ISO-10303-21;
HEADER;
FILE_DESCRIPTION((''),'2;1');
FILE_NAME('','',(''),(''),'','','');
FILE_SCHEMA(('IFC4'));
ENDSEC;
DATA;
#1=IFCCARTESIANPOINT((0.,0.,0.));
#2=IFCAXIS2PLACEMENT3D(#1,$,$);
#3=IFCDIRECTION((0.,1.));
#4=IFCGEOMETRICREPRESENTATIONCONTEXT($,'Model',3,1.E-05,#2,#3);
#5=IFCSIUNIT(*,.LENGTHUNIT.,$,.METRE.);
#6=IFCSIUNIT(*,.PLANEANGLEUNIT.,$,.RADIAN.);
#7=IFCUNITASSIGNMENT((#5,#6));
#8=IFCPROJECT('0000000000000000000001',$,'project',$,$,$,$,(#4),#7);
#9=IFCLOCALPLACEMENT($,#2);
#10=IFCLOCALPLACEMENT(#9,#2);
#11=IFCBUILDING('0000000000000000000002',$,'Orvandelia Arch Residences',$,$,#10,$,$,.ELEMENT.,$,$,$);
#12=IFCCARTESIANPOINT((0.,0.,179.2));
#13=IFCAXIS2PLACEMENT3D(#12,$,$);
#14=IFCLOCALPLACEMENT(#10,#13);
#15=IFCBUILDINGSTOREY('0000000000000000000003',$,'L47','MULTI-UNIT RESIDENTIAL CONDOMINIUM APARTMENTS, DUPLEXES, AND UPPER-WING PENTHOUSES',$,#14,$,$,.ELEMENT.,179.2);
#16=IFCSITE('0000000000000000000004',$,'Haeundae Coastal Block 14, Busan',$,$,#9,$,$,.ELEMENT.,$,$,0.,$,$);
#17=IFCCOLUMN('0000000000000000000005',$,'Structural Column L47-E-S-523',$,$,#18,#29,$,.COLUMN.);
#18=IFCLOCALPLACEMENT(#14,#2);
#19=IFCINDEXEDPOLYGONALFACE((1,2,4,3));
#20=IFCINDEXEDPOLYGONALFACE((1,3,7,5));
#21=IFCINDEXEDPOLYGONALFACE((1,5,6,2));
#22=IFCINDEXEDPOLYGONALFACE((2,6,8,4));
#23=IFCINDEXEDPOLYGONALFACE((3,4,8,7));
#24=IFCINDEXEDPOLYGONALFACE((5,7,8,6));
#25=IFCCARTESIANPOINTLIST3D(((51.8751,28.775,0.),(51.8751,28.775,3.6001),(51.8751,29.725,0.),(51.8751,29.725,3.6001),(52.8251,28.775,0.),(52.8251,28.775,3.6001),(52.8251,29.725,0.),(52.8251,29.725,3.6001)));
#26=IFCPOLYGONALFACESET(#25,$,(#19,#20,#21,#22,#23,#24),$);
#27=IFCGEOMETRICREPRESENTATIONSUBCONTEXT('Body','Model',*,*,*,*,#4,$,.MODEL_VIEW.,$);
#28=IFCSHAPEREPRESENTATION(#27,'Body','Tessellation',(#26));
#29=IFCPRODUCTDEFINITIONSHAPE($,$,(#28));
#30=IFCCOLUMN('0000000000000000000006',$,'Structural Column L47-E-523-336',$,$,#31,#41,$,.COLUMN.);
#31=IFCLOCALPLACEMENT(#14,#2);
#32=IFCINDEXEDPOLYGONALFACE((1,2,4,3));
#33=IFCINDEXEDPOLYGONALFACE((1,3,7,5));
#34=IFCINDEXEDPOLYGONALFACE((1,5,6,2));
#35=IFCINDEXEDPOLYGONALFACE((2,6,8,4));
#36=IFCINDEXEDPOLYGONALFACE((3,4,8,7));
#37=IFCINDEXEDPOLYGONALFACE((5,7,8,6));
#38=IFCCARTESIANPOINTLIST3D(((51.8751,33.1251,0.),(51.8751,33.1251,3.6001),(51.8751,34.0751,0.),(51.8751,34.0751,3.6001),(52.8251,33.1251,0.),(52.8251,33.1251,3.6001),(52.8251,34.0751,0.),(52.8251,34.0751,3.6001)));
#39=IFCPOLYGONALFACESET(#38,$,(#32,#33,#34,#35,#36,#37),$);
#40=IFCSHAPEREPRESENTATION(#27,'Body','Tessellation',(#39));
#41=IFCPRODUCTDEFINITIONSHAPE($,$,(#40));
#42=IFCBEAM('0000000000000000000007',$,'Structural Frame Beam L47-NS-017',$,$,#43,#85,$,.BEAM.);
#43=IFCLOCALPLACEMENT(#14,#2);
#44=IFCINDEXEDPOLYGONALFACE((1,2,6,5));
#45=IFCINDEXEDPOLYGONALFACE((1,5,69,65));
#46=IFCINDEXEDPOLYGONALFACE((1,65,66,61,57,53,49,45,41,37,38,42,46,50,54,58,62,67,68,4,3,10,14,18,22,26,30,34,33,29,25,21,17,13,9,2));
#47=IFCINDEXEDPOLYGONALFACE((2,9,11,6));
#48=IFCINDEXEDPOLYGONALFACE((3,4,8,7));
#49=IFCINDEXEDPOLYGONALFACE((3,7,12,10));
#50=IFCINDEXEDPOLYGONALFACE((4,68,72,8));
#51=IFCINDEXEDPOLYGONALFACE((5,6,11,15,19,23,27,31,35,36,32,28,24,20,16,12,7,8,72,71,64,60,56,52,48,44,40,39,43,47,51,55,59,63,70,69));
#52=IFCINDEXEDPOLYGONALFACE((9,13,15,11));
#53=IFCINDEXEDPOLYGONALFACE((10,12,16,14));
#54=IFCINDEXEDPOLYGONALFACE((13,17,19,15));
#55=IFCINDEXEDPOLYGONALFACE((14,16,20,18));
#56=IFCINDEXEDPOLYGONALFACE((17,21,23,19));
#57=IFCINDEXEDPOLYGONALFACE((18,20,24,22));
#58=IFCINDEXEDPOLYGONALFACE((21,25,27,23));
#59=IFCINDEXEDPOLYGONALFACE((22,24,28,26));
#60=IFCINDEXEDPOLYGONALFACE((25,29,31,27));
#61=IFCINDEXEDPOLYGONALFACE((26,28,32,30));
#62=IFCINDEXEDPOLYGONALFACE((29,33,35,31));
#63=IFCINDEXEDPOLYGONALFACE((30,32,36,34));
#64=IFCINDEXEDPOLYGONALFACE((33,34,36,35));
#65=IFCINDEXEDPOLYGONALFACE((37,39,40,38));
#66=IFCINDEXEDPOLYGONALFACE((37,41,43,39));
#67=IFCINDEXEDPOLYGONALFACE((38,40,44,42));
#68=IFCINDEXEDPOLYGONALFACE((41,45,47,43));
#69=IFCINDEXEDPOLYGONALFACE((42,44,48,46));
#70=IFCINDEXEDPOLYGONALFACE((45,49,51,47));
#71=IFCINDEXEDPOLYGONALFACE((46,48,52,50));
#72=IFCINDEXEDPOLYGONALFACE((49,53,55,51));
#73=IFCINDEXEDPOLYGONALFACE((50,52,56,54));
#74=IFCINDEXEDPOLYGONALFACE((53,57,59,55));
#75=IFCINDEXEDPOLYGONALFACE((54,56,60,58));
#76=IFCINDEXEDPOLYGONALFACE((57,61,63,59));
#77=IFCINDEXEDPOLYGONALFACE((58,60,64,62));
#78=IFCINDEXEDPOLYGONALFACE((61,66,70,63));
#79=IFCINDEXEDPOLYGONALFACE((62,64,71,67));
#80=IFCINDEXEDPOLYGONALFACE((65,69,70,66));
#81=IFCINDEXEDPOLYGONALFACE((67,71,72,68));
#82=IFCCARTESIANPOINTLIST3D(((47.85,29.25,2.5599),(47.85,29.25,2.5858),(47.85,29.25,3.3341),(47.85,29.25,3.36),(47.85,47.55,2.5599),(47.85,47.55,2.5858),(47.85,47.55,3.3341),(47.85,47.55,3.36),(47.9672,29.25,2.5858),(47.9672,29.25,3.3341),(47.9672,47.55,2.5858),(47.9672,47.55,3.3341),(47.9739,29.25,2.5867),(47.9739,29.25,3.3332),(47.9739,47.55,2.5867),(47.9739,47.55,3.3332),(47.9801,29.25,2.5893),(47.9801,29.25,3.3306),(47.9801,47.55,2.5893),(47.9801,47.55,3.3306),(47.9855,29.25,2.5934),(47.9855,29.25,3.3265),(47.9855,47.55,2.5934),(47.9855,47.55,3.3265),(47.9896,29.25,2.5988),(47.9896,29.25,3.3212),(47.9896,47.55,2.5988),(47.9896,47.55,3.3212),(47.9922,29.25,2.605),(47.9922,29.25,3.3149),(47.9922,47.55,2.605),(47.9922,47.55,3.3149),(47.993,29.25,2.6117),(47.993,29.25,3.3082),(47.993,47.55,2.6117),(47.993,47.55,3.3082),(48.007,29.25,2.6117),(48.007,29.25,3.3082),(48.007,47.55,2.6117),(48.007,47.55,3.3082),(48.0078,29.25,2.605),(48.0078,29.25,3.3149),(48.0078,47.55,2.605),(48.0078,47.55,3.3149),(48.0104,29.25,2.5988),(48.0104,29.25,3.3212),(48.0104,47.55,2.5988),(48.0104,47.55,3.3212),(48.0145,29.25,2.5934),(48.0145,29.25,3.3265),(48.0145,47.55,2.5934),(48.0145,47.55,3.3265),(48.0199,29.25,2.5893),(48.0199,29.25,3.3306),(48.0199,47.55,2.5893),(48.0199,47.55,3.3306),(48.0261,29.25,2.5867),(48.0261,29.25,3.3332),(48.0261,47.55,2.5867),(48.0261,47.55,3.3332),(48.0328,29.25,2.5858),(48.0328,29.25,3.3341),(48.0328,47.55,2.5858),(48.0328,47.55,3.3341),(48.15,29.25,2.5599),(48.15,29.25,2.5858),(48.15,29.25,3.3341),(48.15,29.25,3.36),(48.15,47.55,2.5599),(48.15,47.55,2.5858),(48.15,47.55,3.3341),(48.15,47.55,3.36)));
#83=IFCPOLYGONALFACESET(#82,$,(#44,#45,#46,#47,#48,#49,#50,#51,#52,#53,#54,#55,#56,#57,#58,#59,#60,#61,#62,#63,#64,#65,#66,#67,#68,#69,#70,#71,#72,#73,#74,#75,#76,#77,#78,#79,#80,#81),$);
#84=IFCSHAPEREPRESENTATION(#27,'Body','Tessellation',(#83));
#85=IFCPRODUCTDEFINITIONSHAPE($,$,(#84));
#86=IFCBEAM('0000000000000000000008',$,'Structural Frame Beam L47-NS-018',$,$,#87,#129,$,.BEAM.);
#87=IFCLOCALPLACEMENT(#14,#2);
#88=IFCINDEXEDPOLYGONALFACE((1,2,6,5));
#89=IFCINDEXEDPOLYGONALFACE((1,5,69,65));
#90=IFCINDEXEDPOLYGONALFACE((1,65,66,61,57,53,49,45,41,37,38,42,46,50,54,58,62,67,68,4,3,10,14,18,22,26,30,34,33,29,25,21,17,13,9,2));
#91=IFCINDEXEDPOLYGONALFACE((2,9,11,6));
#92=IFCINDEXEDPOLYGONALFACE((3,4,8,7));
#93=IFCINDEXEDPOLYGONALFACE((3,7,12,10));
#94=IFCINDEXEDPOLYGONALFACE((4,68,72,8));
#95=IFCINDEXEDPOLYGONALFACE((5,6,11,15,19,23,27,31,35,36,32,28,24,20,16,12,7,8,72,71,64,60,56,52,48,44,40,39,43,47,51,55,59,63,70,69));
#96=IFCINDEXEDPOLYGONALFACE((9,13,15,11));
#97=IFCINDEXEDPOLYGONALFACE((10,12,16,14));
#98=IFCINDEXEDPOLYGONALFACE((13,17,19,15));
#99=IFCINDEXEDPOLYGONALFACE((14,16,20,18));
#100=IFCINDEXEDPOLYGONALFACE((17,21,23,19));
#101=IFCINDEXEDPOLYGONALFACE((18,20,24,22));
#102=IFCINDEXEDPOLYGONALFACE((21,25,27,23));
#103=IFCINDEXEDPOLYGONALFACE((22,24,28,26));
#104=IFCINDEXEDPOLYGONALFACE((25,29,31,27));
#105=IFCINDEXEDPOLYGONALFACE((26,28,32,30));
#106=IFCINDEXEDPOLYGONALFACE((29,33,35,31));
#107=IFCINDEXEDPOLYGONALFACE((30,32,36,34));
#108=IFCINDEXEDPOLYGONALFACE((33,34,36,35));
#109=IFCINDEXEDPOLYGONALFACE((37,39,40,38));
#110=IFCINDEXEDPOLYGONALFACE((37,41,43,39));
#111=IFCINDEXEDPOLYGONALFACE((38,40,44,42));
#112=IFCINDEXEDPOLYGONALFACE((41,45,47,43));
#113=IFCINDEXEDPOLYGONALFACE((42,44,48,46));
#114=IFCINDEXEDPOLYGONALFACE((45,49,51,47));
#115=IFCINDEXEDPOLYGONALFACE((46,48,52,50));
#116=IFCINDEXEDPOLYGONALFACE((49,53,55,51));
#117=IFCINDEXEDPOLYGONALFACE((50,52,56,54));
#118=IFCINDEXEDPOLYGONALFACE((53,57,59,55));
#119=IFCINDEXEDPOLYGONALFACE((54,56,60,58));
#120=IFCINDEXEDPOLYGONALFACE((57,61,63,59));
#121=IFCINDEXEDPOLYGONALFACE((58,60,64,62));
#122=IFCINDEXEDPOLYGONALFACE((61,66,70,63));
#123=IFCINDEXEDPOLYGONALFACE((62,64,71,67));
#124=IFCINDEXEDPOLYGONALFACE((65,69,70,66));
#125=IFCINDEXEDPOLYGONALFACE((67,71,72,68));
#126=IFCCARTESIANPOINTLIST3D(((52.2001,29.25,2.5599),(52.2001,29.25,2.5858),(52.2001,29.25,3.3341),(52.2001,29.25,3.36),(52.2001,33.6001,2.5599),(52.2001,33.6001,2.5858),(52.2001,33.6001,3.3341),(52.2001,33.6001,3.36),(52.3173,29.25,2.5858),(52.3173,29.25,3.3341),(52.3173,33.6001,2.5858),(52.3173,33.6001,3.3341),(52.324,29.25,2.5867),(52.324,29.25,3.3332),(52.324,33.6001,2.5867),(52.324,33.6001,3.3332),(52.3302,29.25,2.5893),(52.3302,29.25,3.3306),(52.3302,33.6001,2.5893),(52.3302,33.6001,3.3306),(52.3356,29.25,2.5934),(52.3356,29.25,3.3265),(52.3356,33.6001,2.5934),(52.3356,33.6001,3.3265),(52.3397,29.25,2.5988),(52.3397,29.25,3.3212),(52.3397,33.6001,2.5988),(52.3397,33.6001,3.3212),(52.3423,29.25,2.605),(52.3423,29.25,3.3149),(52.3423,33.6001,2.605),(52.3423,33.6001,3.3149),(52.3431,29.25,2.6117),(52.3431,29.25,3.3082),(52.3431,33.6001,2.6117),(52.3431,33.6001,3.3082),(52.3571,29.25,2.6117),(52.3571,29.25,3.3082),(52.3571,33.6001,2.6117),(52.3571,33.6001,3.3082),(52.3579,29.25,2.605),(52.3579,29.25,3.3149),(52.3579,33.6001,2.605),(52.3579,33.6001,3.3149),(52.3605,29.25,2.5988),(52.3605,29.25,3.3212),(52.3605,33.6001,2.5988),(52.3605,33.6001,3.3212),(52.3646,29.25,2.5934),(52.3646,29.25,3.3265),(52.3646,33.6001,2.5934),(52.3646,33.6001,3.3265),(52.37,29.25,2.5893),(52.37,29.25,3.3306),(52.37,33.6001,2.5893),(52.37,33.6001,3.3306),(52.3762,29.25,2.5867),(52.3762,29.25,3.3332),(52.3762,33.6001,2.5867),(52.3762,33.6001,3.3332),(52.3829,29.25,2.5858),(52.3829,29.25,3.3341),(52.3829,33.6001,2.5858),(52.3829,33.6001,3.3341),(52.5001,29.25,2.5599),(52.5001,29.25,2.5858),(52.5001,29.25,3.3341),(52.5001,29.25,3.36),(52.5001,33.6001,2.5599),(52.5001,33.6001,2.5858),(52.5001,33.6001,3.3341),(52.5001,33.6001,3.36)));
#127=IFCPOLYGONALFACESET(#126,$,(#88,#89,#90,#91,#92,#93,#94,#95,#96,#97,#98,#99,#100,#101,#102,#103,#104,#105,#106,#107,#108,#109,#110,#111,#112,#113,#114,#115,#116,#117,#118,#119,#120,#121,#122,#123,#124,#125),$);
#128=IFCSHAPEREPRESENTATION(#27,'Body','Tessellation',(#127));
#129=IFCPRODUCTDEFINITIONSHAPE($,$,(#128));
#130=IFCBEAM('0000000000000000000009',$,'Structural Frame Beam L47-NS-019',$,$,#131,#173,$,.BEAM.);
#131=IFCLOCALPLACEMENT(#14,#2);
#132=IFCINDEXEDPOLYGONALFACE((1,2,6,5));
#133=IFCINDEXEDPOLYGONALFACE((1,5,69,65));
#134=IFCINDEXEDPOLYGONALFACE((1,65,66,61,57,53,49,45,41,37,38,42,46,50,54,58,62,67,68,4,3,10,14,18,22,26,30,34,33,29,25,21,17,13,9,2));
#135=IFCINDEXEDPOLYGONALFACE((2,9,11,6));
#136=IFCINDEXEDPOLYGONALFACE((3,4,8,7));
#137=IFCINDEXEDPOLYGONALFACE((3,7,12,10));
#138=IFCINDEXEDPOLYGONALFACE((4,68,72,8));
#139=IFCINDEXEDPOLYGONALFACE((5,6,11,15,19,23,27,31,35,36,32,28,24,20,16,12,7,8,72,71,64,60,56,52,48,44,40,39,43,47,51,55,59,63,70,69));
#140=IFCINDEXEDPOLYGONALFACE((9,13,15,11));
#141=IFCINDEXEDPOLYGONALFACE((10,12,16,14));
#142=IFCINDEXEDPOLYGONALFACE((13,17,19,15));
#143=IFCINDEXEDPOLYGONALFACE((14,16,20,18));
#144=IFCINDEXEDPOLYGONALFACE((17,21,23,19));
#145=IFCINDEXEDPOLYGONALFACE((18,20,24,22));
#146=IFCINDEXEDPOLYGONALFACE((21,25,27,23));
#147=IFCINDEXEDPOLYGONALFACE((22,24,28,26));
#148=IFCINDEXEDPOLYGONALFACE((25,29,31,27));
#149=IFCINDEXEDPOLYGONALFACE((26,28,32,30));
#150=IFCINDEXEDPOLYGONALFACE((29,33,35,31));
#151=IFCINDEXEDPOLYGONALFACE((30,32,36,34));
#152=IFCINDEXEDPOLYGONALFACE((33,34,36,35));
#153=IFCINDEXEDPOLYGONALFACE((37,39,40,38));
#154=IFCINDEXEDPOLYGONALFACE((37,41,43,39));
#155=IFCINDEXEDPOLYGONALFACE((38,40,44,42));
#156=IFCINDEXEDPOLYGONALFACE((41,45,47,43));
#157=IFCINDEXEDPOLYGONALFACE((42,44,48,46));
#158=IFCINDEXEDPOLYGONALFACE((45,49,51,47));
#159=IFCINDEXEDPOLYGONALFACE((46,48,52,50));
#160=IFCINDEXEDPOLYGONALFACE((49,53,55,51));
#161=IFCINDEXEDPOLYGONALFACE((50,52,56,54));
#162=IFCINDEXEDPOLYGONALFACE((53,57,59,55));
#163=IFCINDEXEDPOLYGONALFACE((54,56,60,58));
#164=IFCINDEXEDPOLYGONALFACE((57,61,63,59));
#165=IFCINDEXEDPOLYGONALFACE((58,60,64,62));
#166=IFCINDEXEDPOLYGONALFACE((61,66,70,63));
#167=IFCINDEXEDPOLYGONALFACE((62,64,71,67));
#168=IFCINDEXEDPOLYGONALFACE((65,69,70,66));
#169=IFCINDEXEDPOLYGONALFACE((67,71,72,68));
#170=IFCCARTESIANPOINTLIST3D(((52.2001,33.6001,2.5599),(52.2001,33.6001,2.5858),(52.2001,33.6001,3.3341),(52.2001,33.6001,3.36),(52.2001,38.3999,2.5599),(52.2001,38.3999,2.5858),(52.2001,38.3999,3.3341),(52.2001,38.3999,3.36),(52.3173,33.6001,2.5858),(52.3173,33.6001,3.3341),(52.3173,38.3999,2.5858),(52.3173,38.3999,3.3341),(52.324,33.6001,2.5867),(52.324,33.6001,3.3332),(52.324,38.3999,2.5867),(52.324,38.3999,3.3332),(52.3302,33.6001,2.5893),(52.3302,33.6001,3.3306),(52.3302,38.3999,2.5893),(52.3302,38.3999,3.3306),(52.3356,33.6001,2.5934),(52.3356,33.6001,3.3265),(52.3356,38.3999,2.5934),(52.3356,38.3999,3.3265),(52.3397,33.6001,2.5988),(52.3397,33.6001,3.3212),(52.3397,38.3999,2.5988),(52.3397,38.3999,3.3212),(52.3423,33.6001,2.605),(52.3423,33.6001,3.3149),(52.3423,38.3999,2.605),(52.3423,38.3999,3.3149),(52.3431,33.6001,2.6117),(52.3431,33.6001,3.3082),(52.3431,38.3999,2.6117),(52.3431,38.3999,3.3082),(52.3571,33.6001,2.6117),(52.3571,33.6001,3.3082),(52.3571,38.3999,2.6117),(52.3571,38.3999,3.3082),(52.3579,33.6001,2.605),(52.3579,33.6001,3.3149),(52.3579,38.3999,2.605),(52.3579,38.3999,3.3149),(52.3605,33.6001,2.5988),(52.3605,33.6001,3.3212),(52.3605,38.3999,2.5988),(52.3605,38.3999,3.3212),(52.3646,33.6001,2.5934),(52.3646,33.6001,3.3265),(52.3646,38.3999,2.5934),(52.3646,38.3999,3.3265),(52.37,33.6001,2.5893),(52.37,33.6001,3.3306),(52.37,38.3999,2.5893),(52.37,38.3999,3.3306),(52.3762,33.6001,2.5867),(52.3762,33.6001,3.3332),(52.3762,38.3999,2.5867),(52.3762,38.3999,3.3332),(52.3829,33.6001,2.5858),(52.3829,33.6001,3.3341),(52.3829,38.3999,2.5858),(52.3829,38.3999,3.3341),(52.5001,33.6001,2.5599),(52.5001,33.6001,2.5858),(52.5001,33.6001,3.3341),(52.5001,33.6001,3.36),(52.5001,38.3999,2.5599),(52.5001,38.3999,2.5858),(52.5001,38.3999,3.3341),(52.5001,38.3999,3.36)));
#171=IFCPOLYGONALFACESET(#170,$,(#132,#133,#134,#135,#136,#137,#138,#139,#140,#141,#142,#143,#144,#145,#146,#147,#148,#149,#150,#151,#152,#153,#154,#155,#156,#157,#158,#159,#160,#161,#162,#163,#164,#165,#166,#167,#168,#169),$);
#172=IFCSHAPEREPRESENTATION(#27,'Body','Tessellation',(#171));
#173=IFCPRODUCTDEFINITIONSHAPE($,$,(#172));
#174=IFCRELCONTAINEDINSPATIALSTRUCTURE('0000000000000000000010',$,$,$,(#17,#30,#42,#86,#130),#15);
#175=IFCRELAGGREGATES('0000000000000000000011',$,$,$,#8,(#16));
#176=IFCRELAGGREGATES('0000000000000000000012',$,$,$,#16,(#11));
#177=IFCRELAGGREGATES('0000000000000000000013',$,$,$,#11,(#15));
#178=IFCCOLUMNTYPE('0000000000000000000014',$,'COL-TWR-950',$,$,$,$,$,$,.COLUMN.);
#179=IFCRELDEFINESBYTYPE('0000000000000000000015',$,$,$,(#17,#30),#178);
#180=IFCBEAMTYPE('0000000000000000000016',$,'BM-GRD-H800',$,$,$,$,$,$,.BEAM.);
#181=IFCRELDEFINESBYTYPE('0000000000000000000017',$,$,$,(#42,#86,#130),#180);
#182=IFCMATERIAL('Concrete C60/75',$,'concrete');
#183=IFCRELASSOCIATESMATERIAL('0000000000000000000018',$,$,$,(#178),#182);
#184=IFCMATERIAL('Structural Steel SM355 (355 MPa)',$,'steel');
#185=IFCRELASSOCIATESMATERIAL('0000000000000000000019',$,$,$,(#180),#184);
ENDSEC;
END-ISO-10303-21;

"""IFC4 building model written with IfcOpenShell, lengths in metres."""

from ifc_helpers import new_model, si_unit, direction, frame, origin, origin_2d, place, context, subcontext, project, spatial, rectangle, i_section, extrude, material, material_profile, profile_set, type_object, element, save


model = new_model("IFC4")

# Units and contexts
model_context = context("Model", 3, precision=1e-05, world=origin(), true_north=direction((0.0, 1.0)))
body_context = subcontext(model_context, "Body", "Model", "MODEL_VIEW")
ifc_project = project(units=[si_unit("LENGTHUNIT", "METRE"), si_unit("PLANEANGLEUNIT", "RADIAN")], contexts=[model_context])

# Site, building, storey
site_placement = place(None, origin())
site = spatial("IfcSite", under=ifc_project, at=site_placement, Name="Haeundae Coastal Block 14, Busan", CompositionType="ELEMENT", RefElevation=0.0)
building_placement = place(site_placement, origin())
building = spatial("IfcBuilding", under=site, at=building_placement, Name="Orvandelia Arch Residences", CompositionType="ELEMENT")
storey_placement = place(building_placement, frame((0.0, 0.0, 179.2)))
storey = spatial("IfcBuildingStorey", under=building, at=storey_placement, Name="L47", Description="MULTI-UNIT RESIDENTIAL CONDOMINIUM APARTMENTS, DUPLEXES, AND UPPER-WING PENTHOUSES", CompositionType="ELEMENT", Elevation=179.2)

# Columns
ifc_material_1 = material(Name="Concrete C60/75", Category="concrete")
ifc_material_profile_1 = material_profile(ifc_material_1, rectangle(XDim=0.95, YDim=0.95, at=origin_2d()), Name="Concrete C60/75", Category="concrete")
ifc_profile_set_1 = profile_set([ifc_material_profile_1], Name="Concrete C60/75")
column_type = type_object("IfcColumnType", Name="COL-TWR-950", PredefinedType="COLUMN", material=ifc_profile_set_1)
for number, where, z_axis, x_axis, name in (
    (1, (52.3501, 29.25, 0.0), (0.0, 0.0, 1.0), (1.0, 0.0, 0.0), "Structural Column L47-E-S-523"),
    (2, (52.3501, 33.6001, 0.0), (0.0, 0.0, 1.0), (1.0, 0.0, 0.0), "Structural Column L47-E-523-336"),
):
    element("IfcColumn", number, at=place(storey_placement, frame(where, z_axis=z_axis, x_axis=x_axis)), inside=storey, type_object=column_type, Name=name, PredefinedType="COLUMN", context=body_context, shape_type="SweptSolid", body=[
        extrude(rectangle(XDim=0.95, YDim=0.95, at=origin_2d()), origin(), (0.0, 0.0, 1.0), 3.6001),
    ])

# Beams
ifc_material_2 = material(Name="Structural Steel SM355 (355 MPa)", Category="steel")
ifc_material_profile_2 = material_profile(ifc_material_2, i_section(OverallWidth=0.3, OverallDepth=0.8, WebThickness=0.0139, FlangeThickness=0.0259, FilletRadius=0.0259, at=origin_2d()), Name="Structural Steel SM355 (355 MPa)", Category="steel")
ifc_profile_set_2 = profile_set([ifc_material_profile_2], Name="Structural Steel SM355 (355 MPa)")
beam_type = type_object("IfcBeamType", Name="BM-GRD-H800", PredefinedType="BEAM", material=ifc_profile_set_2)
beam_1_placement = place(storey_placement, frame((48.0, 29.25, 2.96), z_axis=(0.0, 1.0, 0.0), x_axis=(-1.0, 0.0, 0.0)))
element("IfcBeam", 3, at=beam_1_placement, inside=storey, type_object=beam_type, Name="Structural Frame Beam L47-NS-017", PredefinedType="BEAM", context=body_context, shape_type="SweptSolid", body=[
    extrude(i_section(OverallWidth=0.3, OverallDepth=0.8, WebThickness=0.0139, FlangeThickness=0.0259, FilletRadius=0.0259, at=origin_2d()), origin(), (0.0, 0.0, 1.0), 18.3),
])
beam_2_placement = place(storey_placement, frame((52.3501, 29.25, 2.96), z_axis=(0.0, 1.0, 0.0), x_axis=(-1.0, 0.0, 0.0)))
element("IfcBeam", 4, at=beam_2_placement, inside=storey, type_object=beam_type, Name="Structural Frame Beam L47-NS-018", PredefinedType="BEAM", context=body_context, shape_type="SweptSolid", body=[
    extrude(i_section(OverallWidth=0.3, OverallDepth=0.8, WebThickness=0.0139, FlangeThickness=0.0259, FilletRadius=0.0259, at=origin_2d()), origin(), (0.0, 0.0, 1.0), 4.3501),
])
beam_3_placement = place(storey_placement, frame((52.3501, 33.6001, 2.96), z_axis=(0.0, 1.0, 0.0), x_axis=(-1.0, 0.0, 0.0)))
element("IfcBeam", 5, at=beam_3_placement, inside=storey, type_object=beam_type, Name="Structural Frame Beam L47-NS-019", PredefinedType="BEAM", context=body_context, shape_type="SweptSolid", body=[
    extrude(i_section(OverallWidth=0.3, OverallDepth=0.8, WebThickness=0.0139, FlangeThickness=0.0259, FilletRadius=0.0259, at=origin_2d()), origin(), (0.0, 0.0, 1.0), 4.7998),
])

save(model, "model.ifc")
